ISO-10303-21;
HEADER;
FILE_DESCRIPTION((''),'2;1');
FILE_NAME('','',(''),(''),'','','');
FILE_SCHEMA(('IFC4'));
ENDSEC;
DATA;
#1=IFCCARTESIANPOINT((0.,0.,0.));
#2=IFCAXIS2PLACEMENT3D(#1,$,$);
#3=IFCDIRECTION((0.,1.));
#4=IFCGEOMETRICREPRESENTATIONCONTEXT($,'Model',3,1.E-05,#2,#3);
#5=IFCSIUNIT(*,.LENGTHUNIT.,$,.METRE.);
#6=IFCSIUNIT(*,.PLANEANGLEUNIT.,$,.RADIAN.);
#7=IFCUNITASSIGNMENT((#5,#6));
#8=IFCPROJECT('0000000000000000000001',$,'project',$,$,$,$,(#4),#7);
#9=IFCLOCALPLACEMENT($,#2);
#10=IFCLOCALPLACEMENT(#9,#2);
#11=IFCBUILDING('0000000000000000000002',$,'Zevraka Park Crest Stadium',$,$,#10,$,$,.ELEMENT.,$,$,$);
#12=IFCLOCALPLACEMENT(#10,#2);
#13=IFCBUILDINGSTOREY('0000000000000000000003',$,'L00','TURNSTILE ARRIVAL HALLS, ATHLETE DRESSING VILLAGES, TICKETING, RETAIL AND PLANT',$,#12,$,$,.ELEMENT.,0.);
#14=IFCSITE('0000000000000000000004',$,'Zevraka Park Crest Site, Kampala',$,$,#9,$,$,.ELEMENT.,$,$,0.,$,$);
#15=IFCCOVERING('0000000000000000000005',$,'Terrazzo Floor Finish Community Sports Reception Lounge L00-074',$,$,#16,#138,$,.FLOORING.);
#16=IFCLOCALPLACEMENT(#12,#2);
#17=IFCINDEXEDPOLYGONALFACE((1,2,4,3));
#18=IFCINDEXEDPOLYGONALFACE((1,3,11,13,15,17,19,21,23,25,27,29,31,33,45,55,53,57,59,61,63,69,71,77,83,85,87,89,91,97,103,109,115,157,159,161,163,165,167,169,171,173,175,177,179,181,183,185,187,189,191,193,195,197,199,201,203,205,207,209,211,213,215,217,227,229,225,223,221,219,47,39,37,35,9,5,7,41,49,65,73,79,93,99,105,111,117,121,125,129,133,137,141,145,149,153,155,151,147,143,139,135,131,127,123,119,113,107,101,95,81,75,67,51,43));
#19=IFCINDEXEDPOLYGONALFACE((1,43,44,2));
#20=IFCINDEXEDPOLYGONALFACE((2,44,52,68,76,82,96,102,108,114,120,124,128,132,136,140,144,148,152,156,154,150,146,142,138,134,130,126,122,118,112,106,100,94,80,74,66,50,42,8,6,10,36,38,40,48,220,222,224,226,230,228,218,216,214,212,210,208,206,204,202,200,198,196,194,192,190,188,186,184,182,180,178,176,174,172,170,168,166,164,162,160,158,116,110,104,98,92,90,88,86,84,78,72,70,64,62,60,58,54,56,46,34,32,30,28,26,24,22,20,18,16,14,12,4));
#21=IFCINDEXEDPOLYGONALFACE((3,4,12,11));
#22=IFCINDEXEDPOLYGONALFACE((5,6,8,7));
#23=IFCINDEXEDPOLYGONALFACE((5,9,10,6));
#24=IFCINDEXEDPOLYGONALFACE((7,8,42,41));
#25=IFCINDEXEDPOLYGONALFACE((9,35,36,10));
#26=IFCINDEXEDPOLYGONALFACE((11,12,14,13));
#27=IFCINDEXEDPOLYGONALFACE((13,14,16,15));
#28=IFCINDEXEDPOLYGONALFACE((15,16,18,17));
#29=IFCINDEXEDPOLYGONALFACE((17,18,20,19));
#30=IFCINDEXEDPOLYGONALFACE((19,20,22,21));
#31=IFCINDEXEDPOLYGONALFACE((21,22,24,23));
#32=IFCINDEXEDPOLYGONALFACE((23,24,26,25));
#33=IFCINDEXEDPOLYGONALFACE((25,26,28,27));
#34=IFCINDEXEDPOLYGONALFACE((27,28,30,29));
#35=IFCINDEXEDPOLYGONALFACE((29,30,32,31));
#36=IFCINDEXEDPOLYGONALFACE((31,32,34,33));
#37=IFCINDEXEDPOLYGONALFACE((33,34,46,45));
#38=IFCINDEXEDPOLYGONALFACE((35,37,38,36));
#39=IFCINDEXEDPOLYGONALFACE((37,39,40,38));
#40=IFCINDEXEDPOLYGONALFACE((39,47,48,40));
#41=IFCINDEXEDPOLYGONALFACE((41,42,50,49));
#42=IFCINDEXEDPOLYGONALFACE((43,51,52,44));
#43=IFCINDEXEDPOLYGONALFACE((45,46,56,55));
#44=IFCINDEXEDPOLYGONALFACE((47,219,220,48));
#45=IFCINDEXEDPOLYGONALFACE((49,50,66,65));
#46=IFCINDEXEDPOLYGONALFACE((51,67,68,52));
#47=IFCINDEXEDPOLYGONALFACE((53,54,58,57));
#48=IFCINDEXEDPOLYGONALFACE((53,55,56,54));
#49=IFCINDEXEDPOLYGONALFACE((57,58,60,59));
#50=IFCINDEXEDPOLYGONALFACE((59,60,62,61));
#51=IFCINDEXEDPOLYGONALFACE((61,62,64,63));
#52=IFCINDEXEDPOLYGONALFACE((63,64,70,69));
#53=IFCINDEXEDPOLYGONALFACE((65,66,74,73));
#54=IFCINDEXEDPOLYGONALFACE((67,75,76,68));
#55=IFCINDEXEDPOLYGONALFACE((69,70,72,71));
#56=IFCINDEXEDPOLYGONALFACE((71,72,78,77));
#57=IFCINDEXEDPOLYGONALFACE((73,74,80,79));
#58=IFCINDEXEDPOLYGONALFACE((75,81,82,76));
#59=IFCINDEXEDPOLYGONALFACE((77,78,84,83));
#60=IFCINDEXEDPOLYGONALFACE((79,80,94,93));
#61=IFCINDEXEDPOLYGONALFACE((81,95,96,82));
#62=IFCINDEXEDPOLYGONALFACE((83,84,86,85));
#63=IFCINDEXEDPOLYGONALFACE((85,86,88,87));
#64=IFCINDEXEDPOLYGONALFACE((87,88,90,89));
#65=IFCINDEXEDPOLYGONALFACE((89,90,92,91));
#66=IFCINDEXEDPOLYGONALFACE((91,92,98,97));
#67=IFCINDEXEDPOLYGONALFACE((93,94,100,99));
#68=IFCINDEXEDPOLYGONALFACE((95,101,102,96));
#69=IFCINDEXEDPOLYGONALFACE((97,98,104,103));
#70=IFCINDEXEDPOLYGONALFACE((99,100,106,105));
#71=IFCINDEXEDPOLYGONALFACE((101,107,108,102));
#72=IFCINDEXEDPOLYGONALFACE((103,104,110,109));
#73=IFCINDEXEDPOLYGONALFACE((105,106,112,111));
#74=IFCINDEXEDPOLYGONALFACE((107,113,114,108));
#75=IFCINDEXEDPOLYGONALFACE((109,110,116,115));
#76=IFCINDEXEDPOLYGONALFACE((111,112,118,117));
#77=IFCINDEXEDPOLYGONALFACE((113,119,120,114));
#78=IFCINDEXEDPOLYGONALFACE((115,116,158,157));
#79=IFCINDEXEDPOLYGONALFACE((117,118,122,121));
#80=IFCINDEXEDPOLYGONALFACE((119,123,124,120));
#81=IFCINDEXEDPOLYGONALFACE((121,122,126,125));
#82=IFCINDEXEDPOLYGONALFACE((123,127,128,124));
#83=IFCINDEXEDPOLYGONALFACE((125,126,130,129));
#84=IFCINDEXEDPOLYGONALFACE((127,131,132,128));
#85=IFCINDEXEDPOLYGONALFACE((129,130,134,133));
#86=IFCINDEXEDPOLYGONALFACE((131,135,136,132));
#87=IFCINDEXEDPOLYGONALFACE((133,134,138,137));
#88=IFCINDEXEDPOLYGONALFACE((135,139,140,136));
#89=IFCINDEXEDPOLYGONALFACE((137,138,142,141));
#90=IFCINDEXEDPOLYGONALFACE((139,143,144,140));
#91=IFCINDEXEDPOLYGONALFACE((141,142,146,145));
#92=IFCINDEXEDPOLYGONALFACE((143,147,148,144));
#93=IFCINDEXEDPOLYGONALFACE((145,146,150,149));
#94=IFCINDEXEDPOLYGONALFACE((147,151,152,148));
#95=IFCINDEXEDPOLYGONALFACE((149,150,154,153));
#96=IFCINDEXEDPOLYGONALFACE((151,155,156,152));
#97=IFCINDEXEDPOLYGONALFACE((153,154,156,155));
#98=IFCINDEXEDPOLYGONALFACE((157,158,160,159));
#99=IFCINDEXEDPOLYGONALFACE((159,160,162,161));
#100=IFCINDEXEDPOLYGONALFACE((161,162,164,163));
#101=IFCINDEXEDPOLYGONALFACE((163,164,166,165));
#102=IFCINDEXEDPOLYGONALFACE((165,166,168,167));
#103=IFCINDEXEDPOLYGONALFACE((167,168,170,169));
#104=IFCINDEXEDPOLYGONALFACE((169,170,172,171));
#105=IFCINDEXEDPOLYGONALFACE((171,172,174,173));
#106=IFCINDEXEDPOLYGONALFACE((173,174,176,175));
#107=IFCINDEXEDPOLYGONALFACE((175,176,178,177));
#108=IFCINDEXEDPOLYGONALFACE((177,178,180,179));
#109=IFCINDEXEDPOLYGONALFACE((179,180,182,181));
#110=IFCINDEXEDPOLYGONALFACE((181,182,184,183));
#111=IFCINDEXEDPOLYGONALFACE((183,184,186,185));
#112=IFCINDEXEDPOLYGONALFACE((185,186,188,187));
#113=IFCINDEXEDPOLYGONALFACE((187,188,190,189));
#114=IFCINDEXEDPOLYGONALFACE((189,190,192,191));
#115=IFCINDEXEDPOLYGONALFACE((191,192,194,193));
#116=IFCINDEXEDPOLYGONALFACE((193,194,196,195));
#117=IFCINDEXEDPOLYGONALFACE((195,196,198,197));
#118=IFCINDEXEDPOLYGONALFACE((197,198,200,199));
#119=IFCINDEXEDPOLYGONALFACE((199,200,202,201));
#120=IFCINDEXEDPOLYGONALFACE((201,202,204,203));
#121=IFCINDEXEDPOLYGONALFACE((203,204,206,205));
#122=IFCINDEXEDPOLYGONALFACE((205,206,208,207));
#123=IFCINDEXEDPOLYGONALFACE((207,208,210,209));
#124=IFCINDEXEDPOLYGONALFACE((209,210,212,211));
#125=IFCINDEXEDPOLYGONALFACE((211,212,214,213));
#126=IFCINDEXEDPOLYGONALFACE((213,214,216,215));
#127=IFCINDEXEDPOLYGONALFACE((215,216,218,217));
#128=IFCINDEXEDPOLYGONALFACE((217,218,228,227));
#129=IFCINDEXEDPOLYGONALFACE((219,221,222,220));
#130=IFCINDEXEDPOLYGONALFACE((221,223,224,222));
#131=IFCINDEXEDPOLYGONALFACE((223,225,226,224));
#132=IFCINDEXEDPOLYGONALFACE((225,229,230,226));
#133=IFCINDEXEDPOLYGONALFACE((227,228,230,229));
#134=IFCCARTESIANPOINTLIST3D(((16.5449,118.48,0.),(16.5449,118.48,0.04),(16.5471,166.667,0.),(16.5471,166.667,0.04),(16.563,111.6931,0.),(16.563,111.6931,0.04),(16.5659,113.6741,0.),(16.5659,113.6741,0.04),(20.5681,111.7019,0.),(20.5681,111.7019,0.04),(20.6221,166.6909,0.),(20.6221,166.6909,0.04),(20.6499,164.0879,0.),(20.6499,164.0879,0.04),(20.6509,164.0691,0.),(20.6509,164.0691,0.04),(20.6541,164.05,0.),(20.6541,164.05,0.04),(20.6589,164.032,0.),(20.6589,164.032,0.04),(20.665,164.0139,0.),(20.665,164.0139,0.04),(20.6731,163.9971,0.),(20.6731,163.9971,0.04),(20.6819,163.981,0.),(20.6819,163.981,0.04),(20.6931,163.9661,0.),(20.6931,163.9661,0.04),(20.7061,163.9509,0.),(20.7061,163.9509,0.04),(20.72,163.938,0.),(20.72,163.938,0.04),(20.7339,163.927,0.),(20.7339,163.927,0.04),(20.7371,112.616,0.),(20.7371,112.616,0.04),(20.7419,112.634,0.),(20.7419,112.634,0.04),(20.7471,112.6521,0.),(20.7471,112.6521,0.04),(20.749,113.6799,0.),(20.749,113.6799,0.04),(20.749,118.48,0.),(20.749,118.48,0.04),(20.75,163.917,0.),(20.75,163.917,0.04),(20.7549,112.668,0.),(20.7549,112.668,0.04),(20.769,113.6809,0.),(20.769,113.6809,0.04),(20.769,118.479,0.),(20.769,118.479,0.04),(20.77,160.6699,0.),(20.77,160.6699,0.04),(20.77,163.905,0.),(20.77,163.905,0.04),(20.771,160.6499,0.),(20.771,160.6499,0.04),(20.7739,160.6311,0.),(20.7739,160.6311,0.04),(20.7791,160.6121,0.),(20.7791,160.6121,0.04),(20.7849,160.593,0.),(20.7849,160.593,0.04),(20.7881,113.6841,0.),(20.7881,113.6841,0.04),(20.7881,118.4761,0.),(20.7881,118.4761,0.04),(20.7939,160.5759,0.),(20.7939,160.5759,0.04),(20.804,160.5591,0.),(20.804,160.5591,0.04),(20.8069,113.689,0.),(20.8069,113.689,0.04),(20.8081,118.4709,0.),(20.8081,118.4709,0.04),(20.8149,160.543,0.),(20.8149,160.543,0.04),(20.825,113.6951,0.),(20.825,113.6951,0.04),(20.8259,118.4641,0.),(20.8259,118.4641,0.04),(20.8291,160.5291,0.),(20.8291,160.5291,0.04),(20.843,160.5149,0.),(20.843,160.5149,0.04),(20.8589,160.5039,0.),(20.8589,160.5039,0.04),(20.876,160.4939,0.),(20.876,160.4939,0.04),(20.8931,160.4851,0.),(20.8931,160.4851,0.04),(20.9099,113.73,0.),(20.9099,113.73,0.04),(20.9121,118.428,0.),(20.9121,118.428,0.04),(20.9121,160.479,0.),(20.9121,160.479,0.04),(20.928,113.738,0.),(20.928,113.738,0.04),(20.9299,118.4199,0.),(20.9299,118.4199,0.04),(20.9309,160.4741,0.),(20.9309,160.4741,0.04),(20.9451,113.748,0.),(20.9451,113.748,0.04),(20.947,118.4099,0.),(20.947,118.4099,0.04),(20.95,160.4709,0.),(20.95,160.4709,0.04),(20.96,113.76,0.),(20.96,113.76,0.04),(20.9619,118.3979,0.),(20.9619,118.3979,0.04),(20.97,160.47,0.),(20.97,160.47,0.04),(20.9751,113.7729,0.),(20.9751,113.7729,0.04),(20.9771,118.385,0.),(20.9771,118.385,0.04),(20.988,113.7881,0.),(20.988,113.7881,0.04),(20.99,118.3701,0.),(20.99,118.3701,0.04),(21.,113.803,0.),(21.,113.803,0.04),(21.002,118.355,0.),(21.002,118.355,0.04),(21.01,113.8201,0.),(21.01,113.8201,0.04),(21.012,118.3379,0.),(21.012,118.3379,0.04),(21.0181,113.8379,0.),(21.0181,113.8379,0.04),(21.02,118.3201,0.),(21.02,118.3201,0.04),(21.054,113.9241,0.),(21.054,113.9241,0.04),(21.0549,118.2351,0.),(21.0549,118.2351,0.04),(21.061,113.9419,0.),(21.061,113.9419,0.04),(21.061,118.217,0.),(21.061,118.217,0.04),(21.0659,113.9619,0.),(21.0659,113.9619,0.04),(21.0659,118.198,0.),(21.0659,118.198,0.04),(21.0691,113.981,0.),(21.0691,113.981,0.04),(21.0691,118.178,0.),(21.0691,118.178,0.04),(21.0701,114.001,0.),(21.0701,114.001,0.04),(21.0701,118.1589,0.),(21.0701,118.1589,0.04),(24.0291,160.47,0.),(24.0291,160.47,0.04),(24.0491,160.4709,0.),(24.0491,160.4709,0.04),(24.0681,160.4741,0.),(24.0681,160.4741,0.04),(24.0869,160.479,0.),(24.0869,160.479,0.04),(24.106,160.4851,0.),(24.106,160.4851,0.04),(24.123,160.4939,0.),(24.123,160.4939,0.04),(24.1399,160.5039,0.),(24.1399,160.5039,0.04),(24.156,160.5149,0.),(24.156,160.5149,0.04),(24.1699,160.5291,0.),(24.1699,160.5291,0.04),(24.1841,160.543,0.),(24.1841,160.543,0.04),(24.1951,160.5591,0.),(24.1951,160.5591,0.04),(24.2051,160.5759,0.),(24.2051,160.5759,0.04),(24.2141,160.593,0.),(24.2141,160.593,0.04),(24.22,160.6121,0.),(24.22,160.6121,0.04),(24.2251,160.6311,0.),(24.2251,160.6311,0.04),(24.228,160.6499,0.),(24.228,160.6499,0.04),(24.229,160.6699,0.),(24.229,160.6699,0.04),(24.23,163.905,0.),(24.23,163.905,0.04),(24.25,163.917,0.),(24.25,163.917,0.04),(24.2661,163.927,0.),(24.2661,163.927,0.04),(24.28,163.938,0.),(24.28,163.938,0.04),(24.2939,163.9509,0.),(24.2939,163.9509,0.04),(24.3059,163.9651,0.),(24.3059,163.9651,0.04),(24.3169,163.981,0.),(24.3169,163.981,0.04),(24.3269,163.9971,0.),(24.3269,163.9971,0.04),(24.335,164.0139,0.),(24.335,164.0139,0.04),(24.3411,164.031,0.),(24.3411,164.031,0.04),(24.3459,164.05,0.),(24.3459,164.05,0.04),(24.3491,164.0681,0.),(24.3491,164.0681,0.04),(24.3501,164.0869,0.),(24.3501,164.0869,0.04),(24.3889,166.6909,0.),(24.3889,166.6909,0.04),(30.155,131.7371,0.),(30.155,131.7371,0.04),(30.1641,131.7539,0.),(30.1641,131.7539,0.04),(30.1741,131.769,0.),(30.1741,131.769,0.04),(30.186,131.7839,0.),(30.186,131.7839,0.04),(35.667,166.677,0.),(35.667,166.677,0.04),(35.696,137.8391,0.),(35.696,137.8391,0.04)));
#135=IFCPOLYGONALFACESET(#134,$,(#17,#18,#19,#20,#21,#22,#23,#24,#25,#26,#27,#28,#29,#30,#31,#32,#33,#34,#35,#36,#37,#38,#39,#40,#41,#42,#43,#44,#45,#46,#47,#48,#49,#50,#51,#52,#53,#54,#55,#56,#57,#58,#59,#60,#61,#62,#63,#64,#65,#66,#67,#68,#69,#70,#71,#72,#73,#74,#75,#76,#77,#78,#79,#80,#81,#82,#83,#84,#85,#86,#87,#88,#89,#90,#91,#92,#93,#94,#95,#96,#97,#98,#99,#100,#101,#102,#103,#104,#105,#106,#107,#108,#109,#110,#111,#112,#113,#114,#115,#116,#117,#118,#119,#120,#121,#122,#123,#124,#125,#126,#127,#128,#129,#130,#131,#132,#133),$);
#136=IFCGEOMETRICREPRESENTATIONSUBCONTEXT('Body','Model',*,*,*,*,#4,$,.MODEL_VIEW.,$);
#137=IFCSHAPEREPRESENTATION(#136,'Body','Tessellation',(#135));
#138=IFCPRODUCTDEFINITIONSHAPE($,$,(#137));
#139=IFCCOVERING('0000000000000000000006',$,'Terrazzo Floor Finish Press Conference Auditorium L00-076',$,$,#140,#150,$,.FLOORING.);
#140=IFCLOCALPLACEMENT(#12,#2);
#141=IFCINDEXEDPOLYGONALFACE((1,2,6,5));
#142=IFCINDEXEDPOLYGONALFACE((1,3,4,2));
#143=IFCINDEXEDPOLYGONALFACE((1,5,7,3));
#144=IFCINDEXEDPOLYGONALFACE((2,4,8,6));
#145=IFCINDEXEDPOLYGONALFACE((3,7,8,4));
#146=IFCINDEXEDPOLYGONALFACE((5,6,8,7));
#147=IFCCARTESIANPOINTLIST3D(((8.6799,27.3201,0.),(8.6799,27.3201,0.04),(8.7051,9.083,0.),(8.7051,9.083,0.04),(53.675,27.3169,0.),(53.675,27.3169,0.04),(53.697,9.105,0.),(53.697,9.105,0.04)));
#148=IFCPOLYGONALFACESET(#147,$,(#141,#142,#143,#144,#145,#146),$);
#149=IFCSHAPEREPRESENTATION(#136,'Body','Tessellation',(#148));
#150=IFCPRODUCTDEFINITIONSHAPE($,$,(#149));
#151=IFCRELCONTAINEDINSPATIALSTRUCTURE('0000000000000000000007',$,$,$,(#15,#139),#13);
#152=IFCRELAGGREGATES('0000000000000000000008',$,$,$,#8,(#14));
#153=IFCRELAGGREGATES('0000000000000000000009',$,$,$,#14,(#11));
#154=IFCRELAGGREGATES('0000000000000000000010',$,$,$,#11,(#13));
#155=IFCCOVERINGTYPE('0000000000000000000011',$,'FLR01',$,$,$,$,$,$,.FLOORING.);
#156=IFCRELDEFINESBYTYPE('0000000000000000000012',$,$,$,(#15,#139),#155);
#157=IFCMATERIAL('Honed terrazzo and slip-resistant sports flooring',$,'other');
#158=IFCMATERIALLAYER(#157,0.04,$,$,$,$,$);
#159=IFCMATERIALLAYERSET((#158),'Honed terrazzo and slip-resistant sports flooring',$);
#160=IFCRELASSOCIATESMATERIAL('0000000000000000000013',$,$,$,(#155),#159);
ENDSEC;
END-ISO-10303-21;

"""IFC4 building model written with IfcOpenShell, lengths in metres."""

from ifc_helpers import new_model, si_unit, direction, origin, place, context, subcontext, project, spatial, polyline, outline, extrude, material, layer, layer_set, type_object, element, save


model = new_model("IFC4")

# Units and contexts
model_context = context("Model", 3, precision=1e-05, world=origin(), true_north=direction((0.0, 1.0)))
body_context = subcontext(model_context, "Body", "Model", "MODEL_VIEW")
ifc_project = project(units=[si_unit("LENGTHUNIT", "METRE"), si_unit("PLANEANGLEUNIT", "RADIAN")], contexts=[model_context])

# Site, building, storey
site_placement = place(None, origin())
site = spatial("IfcSite", under=ifc_project, at=site_placement, Name="Zevraka Park Crest Site, Kampala", CompositionType="ELEMENT", RefElevation=0.0)
building_placement = place(site_placement, origin())
building = spatial("IfcBuilding", under=site, at=building_placement, Name="Zevraka Park Crest Stadium", CompositionType="ELEMENT")
storey_placement = place(building_placement, origin())
storey = spatial("IfcBuildingStorey", under=building, at=storey_placement, Name="L00", Description="TURNSTILE ARRIVAL HALLS, ATHLETE DRESSING VILLAGES, TICKETING, RETAIL AND PLANT", CompositionType="ELEMENT", Elevation=0.0)

# Coverings
ifc_material_1 = material(Name="Honed terrazzo and slip-resistant sports flooring", Category="other")
ifc_layer_1 = layer(ifc_material_1, 0.04)
ifc_layer_set_1 = layer_set([ifc_layer_1], Name="Honed terrazzo and slip-resistant sports flooring")
covering_type_1 = type_object("IfcCoveringType", Name="FLR01", PredefinedType="FLOORING", material=ifc_layer_set_1)
covering_1_placement = place(storey_placement, origin())
element("IfcCovering", 1, at=covering_1_placement, inside=storey, type_object=covering_type_1, Name="Terrazzo Floor Finish Community Sports Reception Lounge L00-074", PredefinedType="FLOORING", context=body_context, shape_type="SweptSolid", body=[
    extrude(outline(polyline([(16.5449, 118.48), (16.5471, 166.667), (20.6221, 166.6909), (20.6499, 164.0879), (20.6509, 164.0691), (20.6541, 164.05), (20.6589, 164.032), (20.665, 164.0139), (20.6731, 163.9971), (20.6819, 163.981), (20.6931, 163.9661), (20.7061, 163.9509), (20.72, 163.938), (20.7339, 163.927), (20.75, 163.917), (20.77, 163.905), (20.77, 160.6699), (20.771, 160.6499), (20.7739, 160.6311), (20.7791, 160.6121), (20.7849, 160.593), (20.7939, 160.5759), (20.804, 160.5591), (20.8149, 160.543), (20.8291, 160.5291), (20.843, 160.5149), (20.8589, 160.5039), (20.876, 160.4939), (20.8931, 160.4851), (20.9121, 160.479), (20.9309, 160.4741), (20.95, 160.4709), (20.97, 160.47), (24.0291, 160.47), (24.0491, 160.4709), (24.0681, 160.4741), (24.0869, 160.479), (24.106, 160.4851), (24.123, 160.4939), (24.1399, 160.5039), (24.156, 160.5149), (24.1699, 160.5291), (24.1841, 160.543), (24.1951, 160.5591), (24.2051, 160.5759), (24.2141, 160.593), (24.22, 160.6121), (24.2251, 160.6311), (24.228, 160.6499), (24.229, 160.6699), (24.23, 163.905), (24.25, 163.917), (24.2661, 163.927), (24.28, 163.938), (24.2939, 163.9509), (24.3059, 163.9651), (24.3169, 163.981), (24.3269, 163.9971), (24.335, 164.0139), (24.3411, 164.031), (24.3459, 164.05), (24.3491, 164.0681), (24.3501, 164.0869), (24.3889, 166.6909), (35.667, 166.677), (35.696, 137.8391), (30.186, 131.7839), (30.1741, 131.769), (30.1641, 131.7539), (30.155, 131.7371), (20.7549, 112.668), (20.7471, 112.6521), (20.7419, 112.634), (20.7371, 112.616), (20.5681, 111.7019), (16.563, 111.6931), (16.5659, 113.6741), (20.749, 113.6799), (20.769, 113.6809), (20.7881, 113.6841), (20.8069, 113.689), (20.825, 113.6951), (20.9099, 113.73), (20.928, 113.738), (20.9451, 113.748), (20.96, 113.76), (20.9751, 113.7729), (20.988, 113.7881), (21.0, 113.803), (21.01, 113.8201), (21.0181, 113.8379), (21.054, 113.9241), (21.061, 113.9419), (21.0659, 113.9619), (21.0691, 113.981), (21.0701, 114.001), (21.0701, 118.1589), (21.0691, 118.178), (21.0659, 118.198), (21.061, 118.217), (21.0549, 118.2351), (21.02, 118.3201), (21.012, 118.3379), (21.002, 118.355), (20.99, 118.3701), (20.9771, 118.385), (20.9619, 118.3979), (20.947, 118.4099), (20.9299, 118.4199), (20.9121, 118.428), (20.8259, 118.4641), (20.8081, 118.4709), (20.7881, 118.4761), (20.769, 118.479), (20.749, 118.48), (16.5449, 118.48)])), origin(), (0.0, 0.0, 1.0), 0.04),
])
covering_2_placement = place(storey_placement, origin())
element("IfcCovering", 2, at=covering_2_placement, inside=storey, type_object=covering_type_1, Name="Terrazzo Floor Finish Press Conference Auditorium L00-076", PredefinedType="FLOORING", context=body_context, shape_type="SweptSolid", body=[
    extrude(outline(polyline([(8.6799, 27.3201), (53.675, 27.3169), (53.697, 9.105), (8.7051, 9.083), (8.6799, 27.3201)])), origin(), (0.0, 0.0, 1.0), 0.04),
])

save(model, "model.ifc")
